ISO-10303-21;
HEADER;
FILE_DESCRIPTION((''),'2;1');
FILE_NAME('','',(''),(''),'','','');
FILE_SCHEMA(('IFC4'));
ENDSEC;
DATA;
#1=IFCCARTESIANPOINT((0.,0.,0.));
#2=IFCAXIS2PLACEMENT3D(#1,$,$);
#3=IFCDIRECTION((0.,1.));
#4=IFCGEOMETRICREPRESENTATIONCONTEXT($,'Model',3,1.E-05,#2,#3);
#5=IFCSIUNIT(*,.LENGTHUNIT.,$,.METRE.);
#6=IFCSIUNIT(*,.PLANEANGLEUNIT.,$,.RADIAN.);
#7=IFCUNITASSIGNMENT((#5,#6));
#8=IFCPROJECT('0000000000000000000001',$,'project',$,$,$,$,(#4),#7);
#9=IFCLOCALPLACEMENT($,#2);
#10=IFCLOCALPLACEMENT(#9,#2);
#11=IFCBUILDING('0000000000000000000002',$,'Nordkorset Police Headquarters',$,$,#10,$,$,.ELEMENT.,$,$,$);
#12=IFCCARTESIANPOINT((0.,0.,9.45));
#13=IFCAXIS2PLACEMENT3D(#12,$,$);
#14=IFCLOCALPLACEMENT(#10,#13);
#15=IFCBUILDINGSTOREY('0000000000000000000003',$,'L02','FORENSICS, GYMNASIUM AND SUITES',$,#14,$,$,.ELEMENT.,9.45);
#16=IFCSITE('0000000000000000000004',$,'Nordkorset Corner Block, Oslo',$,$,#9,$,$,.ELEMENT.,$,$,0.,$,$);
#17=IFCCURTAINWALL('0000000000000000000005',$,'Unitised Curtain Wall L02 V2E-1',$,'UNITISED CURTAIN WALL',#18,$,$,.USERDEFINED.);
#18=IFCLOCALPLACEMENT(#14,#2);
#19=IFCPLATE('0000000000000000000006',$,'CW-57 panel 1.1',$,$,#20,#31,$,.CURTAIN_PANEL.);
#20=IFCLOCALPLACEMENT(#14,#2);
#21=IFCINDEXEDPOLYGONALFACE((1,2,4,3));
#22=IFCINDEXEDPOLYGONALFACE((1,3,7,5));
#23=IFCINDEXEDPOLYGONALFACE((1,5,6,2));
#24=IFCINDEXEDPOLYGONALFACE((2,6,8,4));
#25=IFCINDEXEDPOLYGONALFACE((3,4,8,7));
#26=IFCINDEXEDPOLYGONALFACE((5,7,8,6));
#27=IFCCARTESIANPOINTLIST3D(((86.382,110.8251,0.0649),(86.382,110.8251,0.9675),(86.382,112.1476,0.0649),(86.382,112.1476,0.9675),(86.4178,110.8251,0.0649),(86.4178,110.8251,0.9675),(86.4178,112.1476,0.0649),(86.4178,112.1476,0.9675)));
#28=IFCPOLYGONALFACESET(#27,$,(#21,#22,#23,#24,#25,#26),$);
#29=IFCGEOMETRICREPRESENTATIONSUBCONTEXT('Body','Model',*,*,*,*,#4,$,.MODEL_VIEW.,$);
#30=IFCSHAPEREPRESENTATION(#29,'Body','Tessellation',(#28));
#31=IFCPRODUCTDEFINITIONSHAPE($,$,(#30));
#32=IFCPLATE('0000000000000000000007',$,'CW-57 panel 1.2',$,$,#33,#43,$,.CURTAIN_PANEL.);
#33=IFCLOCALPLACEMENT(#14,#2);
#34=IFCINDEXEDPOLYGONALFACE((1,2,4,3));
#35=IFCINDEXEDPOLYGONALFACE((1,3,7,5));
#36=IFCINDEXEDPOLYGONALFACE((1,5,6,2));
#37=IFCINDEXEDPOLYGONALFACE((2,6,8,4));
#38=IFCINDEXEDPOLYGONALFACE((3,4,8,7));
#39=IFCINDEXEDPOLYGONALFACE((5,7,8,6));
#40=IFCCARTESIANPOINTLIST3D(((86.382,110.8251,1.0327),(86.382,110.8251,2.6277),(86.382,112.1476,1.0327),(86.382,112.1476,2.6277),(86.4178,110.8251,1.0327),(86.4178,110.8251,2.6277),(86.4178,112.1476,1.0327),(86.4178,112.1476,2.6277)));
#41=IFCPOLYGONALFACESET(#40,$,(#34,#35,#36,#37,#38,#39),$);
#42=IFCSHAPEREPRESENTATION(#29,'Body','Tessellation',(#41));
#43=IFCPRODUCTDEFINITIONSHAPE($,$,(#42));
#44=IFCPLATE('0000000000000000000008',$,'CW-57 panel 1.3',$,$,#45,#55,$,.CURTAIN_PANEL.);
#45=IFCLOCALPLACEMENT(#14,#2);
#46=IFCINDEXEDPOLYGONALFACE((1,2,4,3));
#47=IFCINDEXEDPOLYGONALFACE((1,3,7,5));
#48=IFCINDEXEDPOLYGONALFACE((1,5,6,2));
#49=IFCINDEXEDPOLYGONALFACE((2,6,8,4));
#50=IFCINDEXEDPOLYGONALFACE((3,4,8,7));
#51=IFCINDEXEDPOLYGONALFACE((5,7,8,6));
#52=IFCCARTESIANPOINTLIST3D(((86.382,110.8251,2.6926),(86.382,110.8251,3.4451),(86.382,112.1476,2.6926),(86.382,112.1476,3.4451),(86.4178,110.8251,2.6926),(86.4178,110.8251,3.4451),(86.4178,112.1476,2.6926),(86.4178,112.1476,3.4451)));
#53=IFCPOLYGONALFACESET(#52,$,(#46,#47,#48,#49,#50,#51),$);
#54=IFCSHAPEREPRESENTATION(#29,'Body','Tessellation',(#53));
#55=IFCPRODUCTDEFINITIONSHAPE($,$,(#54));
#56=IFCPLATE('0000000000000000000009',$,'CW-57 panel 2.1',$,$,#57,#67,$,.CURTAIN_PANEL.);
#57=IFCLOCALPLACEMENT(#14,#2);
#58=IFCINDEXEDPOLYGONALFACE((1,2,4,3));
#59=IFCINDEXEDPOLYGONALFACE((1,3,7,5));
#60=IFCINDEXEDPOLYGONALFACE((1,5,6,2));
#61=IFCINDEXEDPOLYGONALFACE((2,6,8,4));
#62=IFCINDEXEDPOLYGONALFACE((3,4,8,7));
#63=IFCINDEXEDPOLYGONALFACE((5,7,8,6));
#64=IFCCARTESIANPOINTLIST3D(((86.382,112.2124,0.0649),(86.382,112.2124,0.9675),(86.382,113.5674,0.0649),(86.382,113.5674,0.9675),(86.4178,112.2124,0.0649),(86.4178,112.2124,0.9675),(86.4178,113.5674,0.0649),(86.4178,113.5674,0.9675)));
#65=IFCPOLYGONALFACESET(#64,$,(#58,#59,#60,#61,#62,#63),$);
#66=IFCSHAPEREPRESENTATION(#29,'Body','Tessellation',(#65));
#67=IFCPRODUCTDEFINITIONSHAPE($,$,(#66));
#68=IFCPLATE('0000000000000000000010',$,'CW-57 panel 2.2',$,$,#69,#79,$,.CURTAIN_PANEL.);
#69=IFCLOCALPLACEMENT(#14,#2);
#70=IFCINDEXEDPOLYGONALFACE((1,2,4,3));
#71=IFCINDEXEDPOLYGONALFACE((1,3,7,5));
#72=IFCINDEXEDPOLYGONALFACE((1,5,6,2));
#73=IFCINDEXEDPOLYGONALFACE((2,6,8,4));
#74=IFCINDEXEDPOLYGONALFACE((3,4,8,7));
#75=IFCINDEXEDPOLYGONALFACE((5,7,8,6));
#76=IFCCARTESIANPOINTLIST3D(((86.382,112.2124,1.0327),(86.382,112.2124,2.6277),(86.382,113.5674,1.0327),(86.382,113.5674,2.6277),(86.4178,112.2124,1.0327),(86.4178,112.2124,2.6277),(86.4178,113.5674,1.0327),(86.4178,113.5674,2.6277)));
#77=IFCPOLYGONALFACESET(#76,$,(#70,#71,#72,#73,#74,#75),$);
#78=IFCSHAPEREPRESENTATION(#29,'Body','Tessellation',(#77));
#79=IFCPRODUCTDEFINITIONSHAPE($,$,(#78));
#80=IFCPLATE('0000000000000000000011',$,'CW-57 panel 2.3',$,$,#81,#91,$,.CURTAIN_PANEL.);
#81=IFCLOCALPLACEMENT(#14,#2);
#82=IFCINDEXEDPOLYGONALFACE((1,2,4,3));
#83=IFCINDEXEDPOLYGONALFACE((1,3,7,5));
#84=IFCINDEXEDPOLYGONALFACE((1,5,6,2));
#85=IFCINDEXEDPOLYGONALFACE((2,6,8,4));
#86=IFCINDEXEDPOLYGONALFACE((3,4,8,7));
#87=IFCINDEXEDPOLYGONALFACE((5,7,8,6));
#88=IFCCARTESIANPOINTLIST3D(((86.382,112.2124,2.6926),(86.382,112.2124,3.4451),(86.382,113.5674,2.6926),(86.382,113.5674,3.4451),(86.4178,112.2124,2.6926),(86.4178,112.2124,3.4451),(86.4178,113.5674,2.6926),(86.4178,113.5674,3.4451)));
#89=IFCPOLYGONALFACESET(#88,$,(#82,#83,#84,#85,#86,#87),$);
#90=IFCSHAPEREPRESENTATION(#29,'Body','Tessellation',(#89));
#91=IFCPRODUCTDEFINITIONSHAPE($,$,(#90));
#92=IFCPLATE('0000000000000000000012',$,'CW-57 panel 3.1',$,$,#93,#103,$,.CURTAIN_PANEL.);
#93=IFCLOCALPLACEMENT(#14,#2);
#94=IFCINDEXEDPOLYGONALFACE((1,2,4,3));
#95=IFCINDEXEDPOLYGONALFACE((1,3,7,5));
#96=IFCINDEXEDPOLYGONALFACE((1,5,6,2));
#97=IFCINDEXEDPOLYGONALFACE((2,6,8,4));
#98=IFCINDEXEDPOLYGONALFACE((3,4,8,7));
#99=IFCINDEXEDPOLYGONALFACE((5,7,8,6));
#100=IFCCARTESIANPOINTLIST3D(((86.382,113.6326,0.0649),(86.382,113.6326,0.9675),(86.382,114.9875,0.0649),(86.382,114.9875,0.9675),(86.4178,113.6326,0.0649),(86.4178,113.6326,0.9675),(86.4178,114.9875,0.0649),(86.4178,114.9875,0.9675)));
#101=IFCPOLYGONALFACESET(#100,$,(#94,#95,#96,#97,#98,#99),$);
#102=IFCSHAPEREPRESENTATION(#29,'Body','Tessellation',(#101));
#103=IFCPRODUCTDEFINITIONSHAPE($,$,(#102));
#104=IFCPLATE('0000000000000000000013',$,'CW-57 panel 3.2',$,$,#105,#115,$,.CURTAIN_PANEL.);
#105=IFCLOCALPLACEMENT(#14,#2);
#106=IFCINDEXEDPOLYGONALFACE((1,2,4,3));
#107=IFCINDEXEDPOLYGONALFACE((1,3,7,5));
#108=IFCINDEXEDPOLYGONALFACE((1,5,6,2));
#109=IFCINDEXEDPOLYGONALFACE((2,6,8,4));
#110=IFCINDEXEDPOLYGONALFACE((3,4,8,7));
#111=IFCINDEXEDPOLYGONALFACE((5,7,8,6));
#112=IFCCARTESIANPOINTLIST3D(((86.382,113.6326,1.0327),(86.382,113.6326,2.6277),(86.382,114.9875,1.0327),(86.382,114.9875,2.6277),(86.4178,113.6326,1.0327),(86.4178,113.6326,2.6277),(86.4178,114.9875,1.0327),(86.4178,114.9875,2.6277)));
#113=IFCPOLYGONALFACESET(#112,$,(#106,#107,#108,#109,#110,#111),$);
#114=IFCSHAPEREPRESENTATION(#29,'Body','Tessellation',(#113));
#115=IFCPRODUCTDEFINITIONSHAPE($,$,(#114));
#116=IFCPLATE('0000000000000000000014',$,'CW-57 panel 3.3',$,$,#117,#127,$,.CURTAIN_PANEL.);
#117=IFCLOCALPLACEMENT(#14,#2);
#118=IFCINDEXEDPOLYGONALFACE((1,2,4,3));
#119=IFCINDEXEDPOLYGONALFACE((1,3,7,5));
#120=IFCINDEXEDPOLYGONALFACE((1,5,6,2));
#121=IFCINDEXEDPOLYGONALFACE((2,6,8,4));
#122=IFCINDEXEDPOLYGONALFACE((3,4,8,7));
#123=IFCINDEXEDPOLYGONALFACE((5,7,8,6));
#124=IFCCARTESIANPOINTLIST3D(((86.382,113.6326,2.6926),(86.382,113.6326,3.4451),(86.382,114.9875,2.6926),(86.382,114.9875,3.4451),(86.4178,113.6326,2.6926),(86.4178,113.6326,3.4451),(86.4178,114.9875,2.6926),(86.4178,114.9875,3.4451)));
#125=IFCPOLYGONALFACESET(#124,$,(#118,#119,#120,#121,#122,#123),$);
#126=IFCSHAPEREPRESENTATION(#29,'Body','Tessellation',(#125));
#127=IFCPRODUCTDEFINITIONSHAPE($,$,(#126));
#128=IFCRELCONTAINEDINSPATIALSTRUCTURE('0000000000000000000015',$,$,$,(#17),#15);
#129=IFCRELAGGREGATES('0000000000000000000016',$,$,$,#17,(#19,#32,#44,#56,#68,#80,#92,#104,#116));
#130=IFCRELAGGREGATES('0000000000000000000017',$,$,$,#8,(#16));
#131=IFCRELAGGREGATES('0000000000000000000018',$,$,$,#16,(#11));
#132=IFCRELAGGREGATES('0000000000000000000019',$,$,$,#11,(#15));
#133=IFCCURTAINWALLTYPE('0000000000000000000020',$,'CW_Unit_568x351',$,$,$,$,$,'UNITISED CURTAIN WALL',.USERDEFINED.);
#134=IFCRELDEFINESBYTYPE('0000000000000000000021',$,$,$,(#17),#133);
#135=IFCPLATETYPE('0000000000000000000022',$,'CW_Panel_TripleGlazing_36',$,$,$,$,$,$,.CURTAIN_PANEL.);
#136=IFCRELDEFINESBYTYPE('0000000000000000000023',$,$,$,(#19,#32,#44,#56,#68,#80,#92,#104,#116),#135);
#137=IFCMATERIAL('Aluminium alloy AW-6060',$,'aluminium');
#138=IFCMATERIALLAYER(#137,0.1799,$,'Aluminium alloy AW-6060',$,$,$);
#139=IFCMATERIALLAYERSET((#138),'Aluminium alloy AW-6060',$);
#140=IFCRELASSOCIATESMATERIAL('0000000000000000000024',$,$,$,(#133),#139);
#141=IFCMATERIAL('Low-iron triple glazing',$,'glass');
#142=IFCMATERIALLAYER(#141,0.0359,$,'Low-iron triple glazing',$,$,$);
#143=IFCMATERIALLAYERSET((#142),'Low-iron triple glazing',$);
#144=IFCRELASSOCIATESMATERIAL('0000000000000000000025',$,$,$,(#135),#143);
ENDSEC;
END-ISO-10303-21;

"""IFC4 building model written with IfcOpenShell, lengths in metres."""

from ifc_helpers import new_model, si_unit, direction, frame, origin, origin_2d, place, context, subcontext, project, spatial, rectangle, extrude, material, layer, layer_set, type_object, element, aggregate, save


model = new_model("IFC4")

# Units and contexts
model_context = context("Model", 3, precision=1e-05, world=origin(), true_north=direction((0.0, 1.0)))
body_context = subcontext(model_context, "Body", "Model", "MODEL_VIEW")
ifc_project = project(units=[si_unit("LENGTHUNIT", "METRE"), si_unit("PLANEANGLEUNIT", "RADIAN")], contexts=[model_context])

# Site, building, storey
site_placement = place(None, origin())
site = spatial("IfcSite", under=ifc_project, at=site_placement, Name="Nordkorset Corner Block, Oslo", CompositionType="ELEMENT", RefElevation=0.0)
building_placement = place(site_placement, origin())
building = spatial("IfcBuilding", under=site, at=building_placement, Name="Nordkorset Police Headquarters", CompositionType="ELEMENT")
storey_placement = place(building_placement, frame((0.0, 0.0, 9.45)))
storey = spatial("IfcBuildingStorey", under=building, at=storey_placement, Name="L02", Description="FORENSICS, GYMNASIUM AND SUITES", CompositionType="ELEMENT", Elevation=9.45)

# Curtain wall, plates
ifc_material_1 = material(Name="Aluminium alloy AW-6060", Category="aluminium")
ifc_layer_1 = layer(ifc_material_1, 0.1799, Name="Aluminium alloy AW-6060")
ifc_layer_set_1 = layer_set([ifc_layer_1], Name="Aluminium alloy AW-6060")
curtain_wall_type = type_object("IfcCurtainWallType", Name="CW_Unit_568x351", ElementType="UNITISED CURTAIN WALL", PredefinedType="USERDEFINED", material=ifc_layer_set_1)
curtain_wall_placement = place(storey_placement, origin())
curtain_wall = element("IfcCurtainWall", 1, at=curtain_wall_placement, inside=storey, type_object=curtain_wall_type, Name="Unitised Curtain Wall L02 V2E-1", ObjectType="UNITISED CURTAIN WALL", PredefinedType="USERDEFINED")
ifc_material_2 = material(Name="Low-iron triple glazing", Category="glass")
ifc_layer_2 = layer(ifc_material_2, 0.0359, Name="Low-iron triple glazing")
ifc_layer_set_2 = layer_set([ifc_layer_2], Name="Low-iron triple glazing")
plate_type = type_object("IfcPlateType", Name="CW_Panel_TripleGlazing_36", PredefinedType="CURTAIN_PANEL", material=ifc_layer_set_2)
plate_1_placement = place(storey_placement, frame((86.3999, 111.4863, 0.0649), z_axis=(0.0, 0.0, 1.0), x_axis=(0.0, 1.0, 0.0)))
plate_1 = element("IfcPlate", 2, at=plate_1_placement, type_object=plate_type, Name="CW-57 panel 1.1", PredefinedType="CURTAIN_PANEL", context=body_context, shape_type="SweptSolid", body=[
    extrude(rectangle(XDim=1.3225, YDim=0.0359, at=origin_2d()), origin(), (0.0, 0.0, 1.0), 0.9026),
])
plate_2_placement = place(storey_placement, frame((86.3999, 111.4863, 1.0327), z_axis=(0.0, 0.0, 1.0), x_axis=(0.0, 1.0, 0.0)))
plate_2 = element("IfcPlate", 3, at=plate_2_placement, type_object=plate_type, Name="CW-57 panel 1.2", PredefinedType="CURTAIN_PANEL", context=body_context, shape_type="SweptSolid", body=[
    extrude(rectangle(XDim=1.3225, YDim=0.0359, at=origin_2d()), origin(), (0.0, 0.0, 1.0), 1.595),
])
plate_3_placement = place(storey_placement, frame((86.3999, 111.4863, 2.6926), z_axis=(0.0, 0.0, 1.0), x_axis=(0.0, 1.0, 0.0)))
plate_3 = element("IfcPlate", 4, at=plate_3_placement, type_object=plate_type, Name="CW-57 panel 1.3", PredefinedType="CURTAIN_PANEL", context=body_context, shape_type="SweptSolid", body=[
    extrude(rectangle(XDim=1.3225, YDim=0.0359, at=origin_2d()), origin(), (0.0, 0.0, 1.0), 0.7524),
])
plate_4_placement = place(storey_placement, frame((86.3999, 112.8899, 0.0649), z_axis=(0.0, 0.0, 1.0), x_axis=(0.0, 1.0, 0.0)))
plate_4 = element("IfcPlate", 5, at=plate_4_placement, type_object=plate_type, Name="CW-57 panel 2.1", PredefinedType="CURTAIN_PANEL", context=body_context, shape_type="SweptSolid", body=[
    extrude(rectangle(XDim=1.355, YDim=0.0359, at=origin_2d()), origin(), (0.0, 0.0, 1.0), 0.9026),
])
plate_5_placement = place(storey_placement, frame((86.3999, 112.8899, 1.0327), z_axis=(0.0, 0.0, 1.0), x_axis=(0.0, 1.0, 0.0)))
plate_5 = element("IfcPlate", 6, at=plate_5_placement, type_object=plate_type, Name="CW-57 panel 2.2", PredefinedType="CURTAIN_PANEL", context=body_context, shape_type="SweptSolid", body=[
    extrude(rectangle(XDim=1.355, YDim=0.0359, at=origin_2d()), origin(), (0.0, 0.0, 1.0), 1.595),
])
plate_6_placement = place(storey_placement, frame((86.3999, 112.8899, 2.6926), z_axis=(0.0, 0.0, 1.0), x_axis=(0.0, 1.0, 0.0)))
plate_6 = element("IfcPlate", 7, at=plate_6_placement, type_object=plate_type, Name="CW-57 panel 2.3", PredefinedType="CURTAIN_PANEL", context=body_context, shape_type="SweptSolid", body=[
    extrude(rectangle(XDim=1.355, YDim=0.0359, at=origin_2d()), origin(), (0.0, 0.0, 1.0), 0.7524),
])
plate_7_placement = place(storey_placement, frame((86.3999, 114.3101, 0.0649), z_axis=(0.0, 0.0, 1.0), x_axis=(0.0, 1.0, 0.0)))
plate_7 = element("IfcPlate", 8, at=plate_7_placement, type_object=plate_type, Name="CW-57 panel 3.1", PredefinedType="CURTAIN_PANEL", context=body_context, shape_type="SweptSolid", body=[
    extrude(rectangle(XDim=1.355, YDim=0.0359, at=origin_2d()), origin(), (0.0, 0.0, 1.0), 0.9026),
])
plate_8_placement = place(storey_placement, frame((86.3999, 114.3101, 1.0327), z_axis=(0.0, 0.0, 1.0), x_axis=(0.0, 1.0, 0.0)))
plate_8 = element("IfcPlate", 9, at=plate_8_placement, type_object=plate_type, Name="CW-57 panel 3.2", PredefinedType="CURTAIN_PANEL", context=body_context, shape_type="SweptSolid", body=[
    extrude(rectangle(XDim=1.355, YDim=0.0359, at=origin_2d()), origin(), (0.0, 0.0, 1.0), 1.595),
])
plate_9_placement = place(storey_placement, frame((86.3999, 114.3101, 2.6926), z_axis=(0.0, 0.0, 1.0), x_axis=(0.0, 1.0, 0.0)))
plate_9 = element("IfcPlate", 10, at=plate_9_placement, type_object=plate_type, Name="CW-57 panel 3.3", PredefinedType="CURTAIN_PANEL", context=body_context, shape_type="SweptSolid", body=[
    extrude(rectangle(XDim=1.355, YDim=0.0359, at=origin_2d()), origin(), (0.0, 0.0, 1.0), 0.7524),
])
aggregate(curtain_wall, [plate_1, plate_2, plate_3, plate_4, plate_5, plate_6, plate_7, plate_8, plate_9])

save(model, "model.ifc")
